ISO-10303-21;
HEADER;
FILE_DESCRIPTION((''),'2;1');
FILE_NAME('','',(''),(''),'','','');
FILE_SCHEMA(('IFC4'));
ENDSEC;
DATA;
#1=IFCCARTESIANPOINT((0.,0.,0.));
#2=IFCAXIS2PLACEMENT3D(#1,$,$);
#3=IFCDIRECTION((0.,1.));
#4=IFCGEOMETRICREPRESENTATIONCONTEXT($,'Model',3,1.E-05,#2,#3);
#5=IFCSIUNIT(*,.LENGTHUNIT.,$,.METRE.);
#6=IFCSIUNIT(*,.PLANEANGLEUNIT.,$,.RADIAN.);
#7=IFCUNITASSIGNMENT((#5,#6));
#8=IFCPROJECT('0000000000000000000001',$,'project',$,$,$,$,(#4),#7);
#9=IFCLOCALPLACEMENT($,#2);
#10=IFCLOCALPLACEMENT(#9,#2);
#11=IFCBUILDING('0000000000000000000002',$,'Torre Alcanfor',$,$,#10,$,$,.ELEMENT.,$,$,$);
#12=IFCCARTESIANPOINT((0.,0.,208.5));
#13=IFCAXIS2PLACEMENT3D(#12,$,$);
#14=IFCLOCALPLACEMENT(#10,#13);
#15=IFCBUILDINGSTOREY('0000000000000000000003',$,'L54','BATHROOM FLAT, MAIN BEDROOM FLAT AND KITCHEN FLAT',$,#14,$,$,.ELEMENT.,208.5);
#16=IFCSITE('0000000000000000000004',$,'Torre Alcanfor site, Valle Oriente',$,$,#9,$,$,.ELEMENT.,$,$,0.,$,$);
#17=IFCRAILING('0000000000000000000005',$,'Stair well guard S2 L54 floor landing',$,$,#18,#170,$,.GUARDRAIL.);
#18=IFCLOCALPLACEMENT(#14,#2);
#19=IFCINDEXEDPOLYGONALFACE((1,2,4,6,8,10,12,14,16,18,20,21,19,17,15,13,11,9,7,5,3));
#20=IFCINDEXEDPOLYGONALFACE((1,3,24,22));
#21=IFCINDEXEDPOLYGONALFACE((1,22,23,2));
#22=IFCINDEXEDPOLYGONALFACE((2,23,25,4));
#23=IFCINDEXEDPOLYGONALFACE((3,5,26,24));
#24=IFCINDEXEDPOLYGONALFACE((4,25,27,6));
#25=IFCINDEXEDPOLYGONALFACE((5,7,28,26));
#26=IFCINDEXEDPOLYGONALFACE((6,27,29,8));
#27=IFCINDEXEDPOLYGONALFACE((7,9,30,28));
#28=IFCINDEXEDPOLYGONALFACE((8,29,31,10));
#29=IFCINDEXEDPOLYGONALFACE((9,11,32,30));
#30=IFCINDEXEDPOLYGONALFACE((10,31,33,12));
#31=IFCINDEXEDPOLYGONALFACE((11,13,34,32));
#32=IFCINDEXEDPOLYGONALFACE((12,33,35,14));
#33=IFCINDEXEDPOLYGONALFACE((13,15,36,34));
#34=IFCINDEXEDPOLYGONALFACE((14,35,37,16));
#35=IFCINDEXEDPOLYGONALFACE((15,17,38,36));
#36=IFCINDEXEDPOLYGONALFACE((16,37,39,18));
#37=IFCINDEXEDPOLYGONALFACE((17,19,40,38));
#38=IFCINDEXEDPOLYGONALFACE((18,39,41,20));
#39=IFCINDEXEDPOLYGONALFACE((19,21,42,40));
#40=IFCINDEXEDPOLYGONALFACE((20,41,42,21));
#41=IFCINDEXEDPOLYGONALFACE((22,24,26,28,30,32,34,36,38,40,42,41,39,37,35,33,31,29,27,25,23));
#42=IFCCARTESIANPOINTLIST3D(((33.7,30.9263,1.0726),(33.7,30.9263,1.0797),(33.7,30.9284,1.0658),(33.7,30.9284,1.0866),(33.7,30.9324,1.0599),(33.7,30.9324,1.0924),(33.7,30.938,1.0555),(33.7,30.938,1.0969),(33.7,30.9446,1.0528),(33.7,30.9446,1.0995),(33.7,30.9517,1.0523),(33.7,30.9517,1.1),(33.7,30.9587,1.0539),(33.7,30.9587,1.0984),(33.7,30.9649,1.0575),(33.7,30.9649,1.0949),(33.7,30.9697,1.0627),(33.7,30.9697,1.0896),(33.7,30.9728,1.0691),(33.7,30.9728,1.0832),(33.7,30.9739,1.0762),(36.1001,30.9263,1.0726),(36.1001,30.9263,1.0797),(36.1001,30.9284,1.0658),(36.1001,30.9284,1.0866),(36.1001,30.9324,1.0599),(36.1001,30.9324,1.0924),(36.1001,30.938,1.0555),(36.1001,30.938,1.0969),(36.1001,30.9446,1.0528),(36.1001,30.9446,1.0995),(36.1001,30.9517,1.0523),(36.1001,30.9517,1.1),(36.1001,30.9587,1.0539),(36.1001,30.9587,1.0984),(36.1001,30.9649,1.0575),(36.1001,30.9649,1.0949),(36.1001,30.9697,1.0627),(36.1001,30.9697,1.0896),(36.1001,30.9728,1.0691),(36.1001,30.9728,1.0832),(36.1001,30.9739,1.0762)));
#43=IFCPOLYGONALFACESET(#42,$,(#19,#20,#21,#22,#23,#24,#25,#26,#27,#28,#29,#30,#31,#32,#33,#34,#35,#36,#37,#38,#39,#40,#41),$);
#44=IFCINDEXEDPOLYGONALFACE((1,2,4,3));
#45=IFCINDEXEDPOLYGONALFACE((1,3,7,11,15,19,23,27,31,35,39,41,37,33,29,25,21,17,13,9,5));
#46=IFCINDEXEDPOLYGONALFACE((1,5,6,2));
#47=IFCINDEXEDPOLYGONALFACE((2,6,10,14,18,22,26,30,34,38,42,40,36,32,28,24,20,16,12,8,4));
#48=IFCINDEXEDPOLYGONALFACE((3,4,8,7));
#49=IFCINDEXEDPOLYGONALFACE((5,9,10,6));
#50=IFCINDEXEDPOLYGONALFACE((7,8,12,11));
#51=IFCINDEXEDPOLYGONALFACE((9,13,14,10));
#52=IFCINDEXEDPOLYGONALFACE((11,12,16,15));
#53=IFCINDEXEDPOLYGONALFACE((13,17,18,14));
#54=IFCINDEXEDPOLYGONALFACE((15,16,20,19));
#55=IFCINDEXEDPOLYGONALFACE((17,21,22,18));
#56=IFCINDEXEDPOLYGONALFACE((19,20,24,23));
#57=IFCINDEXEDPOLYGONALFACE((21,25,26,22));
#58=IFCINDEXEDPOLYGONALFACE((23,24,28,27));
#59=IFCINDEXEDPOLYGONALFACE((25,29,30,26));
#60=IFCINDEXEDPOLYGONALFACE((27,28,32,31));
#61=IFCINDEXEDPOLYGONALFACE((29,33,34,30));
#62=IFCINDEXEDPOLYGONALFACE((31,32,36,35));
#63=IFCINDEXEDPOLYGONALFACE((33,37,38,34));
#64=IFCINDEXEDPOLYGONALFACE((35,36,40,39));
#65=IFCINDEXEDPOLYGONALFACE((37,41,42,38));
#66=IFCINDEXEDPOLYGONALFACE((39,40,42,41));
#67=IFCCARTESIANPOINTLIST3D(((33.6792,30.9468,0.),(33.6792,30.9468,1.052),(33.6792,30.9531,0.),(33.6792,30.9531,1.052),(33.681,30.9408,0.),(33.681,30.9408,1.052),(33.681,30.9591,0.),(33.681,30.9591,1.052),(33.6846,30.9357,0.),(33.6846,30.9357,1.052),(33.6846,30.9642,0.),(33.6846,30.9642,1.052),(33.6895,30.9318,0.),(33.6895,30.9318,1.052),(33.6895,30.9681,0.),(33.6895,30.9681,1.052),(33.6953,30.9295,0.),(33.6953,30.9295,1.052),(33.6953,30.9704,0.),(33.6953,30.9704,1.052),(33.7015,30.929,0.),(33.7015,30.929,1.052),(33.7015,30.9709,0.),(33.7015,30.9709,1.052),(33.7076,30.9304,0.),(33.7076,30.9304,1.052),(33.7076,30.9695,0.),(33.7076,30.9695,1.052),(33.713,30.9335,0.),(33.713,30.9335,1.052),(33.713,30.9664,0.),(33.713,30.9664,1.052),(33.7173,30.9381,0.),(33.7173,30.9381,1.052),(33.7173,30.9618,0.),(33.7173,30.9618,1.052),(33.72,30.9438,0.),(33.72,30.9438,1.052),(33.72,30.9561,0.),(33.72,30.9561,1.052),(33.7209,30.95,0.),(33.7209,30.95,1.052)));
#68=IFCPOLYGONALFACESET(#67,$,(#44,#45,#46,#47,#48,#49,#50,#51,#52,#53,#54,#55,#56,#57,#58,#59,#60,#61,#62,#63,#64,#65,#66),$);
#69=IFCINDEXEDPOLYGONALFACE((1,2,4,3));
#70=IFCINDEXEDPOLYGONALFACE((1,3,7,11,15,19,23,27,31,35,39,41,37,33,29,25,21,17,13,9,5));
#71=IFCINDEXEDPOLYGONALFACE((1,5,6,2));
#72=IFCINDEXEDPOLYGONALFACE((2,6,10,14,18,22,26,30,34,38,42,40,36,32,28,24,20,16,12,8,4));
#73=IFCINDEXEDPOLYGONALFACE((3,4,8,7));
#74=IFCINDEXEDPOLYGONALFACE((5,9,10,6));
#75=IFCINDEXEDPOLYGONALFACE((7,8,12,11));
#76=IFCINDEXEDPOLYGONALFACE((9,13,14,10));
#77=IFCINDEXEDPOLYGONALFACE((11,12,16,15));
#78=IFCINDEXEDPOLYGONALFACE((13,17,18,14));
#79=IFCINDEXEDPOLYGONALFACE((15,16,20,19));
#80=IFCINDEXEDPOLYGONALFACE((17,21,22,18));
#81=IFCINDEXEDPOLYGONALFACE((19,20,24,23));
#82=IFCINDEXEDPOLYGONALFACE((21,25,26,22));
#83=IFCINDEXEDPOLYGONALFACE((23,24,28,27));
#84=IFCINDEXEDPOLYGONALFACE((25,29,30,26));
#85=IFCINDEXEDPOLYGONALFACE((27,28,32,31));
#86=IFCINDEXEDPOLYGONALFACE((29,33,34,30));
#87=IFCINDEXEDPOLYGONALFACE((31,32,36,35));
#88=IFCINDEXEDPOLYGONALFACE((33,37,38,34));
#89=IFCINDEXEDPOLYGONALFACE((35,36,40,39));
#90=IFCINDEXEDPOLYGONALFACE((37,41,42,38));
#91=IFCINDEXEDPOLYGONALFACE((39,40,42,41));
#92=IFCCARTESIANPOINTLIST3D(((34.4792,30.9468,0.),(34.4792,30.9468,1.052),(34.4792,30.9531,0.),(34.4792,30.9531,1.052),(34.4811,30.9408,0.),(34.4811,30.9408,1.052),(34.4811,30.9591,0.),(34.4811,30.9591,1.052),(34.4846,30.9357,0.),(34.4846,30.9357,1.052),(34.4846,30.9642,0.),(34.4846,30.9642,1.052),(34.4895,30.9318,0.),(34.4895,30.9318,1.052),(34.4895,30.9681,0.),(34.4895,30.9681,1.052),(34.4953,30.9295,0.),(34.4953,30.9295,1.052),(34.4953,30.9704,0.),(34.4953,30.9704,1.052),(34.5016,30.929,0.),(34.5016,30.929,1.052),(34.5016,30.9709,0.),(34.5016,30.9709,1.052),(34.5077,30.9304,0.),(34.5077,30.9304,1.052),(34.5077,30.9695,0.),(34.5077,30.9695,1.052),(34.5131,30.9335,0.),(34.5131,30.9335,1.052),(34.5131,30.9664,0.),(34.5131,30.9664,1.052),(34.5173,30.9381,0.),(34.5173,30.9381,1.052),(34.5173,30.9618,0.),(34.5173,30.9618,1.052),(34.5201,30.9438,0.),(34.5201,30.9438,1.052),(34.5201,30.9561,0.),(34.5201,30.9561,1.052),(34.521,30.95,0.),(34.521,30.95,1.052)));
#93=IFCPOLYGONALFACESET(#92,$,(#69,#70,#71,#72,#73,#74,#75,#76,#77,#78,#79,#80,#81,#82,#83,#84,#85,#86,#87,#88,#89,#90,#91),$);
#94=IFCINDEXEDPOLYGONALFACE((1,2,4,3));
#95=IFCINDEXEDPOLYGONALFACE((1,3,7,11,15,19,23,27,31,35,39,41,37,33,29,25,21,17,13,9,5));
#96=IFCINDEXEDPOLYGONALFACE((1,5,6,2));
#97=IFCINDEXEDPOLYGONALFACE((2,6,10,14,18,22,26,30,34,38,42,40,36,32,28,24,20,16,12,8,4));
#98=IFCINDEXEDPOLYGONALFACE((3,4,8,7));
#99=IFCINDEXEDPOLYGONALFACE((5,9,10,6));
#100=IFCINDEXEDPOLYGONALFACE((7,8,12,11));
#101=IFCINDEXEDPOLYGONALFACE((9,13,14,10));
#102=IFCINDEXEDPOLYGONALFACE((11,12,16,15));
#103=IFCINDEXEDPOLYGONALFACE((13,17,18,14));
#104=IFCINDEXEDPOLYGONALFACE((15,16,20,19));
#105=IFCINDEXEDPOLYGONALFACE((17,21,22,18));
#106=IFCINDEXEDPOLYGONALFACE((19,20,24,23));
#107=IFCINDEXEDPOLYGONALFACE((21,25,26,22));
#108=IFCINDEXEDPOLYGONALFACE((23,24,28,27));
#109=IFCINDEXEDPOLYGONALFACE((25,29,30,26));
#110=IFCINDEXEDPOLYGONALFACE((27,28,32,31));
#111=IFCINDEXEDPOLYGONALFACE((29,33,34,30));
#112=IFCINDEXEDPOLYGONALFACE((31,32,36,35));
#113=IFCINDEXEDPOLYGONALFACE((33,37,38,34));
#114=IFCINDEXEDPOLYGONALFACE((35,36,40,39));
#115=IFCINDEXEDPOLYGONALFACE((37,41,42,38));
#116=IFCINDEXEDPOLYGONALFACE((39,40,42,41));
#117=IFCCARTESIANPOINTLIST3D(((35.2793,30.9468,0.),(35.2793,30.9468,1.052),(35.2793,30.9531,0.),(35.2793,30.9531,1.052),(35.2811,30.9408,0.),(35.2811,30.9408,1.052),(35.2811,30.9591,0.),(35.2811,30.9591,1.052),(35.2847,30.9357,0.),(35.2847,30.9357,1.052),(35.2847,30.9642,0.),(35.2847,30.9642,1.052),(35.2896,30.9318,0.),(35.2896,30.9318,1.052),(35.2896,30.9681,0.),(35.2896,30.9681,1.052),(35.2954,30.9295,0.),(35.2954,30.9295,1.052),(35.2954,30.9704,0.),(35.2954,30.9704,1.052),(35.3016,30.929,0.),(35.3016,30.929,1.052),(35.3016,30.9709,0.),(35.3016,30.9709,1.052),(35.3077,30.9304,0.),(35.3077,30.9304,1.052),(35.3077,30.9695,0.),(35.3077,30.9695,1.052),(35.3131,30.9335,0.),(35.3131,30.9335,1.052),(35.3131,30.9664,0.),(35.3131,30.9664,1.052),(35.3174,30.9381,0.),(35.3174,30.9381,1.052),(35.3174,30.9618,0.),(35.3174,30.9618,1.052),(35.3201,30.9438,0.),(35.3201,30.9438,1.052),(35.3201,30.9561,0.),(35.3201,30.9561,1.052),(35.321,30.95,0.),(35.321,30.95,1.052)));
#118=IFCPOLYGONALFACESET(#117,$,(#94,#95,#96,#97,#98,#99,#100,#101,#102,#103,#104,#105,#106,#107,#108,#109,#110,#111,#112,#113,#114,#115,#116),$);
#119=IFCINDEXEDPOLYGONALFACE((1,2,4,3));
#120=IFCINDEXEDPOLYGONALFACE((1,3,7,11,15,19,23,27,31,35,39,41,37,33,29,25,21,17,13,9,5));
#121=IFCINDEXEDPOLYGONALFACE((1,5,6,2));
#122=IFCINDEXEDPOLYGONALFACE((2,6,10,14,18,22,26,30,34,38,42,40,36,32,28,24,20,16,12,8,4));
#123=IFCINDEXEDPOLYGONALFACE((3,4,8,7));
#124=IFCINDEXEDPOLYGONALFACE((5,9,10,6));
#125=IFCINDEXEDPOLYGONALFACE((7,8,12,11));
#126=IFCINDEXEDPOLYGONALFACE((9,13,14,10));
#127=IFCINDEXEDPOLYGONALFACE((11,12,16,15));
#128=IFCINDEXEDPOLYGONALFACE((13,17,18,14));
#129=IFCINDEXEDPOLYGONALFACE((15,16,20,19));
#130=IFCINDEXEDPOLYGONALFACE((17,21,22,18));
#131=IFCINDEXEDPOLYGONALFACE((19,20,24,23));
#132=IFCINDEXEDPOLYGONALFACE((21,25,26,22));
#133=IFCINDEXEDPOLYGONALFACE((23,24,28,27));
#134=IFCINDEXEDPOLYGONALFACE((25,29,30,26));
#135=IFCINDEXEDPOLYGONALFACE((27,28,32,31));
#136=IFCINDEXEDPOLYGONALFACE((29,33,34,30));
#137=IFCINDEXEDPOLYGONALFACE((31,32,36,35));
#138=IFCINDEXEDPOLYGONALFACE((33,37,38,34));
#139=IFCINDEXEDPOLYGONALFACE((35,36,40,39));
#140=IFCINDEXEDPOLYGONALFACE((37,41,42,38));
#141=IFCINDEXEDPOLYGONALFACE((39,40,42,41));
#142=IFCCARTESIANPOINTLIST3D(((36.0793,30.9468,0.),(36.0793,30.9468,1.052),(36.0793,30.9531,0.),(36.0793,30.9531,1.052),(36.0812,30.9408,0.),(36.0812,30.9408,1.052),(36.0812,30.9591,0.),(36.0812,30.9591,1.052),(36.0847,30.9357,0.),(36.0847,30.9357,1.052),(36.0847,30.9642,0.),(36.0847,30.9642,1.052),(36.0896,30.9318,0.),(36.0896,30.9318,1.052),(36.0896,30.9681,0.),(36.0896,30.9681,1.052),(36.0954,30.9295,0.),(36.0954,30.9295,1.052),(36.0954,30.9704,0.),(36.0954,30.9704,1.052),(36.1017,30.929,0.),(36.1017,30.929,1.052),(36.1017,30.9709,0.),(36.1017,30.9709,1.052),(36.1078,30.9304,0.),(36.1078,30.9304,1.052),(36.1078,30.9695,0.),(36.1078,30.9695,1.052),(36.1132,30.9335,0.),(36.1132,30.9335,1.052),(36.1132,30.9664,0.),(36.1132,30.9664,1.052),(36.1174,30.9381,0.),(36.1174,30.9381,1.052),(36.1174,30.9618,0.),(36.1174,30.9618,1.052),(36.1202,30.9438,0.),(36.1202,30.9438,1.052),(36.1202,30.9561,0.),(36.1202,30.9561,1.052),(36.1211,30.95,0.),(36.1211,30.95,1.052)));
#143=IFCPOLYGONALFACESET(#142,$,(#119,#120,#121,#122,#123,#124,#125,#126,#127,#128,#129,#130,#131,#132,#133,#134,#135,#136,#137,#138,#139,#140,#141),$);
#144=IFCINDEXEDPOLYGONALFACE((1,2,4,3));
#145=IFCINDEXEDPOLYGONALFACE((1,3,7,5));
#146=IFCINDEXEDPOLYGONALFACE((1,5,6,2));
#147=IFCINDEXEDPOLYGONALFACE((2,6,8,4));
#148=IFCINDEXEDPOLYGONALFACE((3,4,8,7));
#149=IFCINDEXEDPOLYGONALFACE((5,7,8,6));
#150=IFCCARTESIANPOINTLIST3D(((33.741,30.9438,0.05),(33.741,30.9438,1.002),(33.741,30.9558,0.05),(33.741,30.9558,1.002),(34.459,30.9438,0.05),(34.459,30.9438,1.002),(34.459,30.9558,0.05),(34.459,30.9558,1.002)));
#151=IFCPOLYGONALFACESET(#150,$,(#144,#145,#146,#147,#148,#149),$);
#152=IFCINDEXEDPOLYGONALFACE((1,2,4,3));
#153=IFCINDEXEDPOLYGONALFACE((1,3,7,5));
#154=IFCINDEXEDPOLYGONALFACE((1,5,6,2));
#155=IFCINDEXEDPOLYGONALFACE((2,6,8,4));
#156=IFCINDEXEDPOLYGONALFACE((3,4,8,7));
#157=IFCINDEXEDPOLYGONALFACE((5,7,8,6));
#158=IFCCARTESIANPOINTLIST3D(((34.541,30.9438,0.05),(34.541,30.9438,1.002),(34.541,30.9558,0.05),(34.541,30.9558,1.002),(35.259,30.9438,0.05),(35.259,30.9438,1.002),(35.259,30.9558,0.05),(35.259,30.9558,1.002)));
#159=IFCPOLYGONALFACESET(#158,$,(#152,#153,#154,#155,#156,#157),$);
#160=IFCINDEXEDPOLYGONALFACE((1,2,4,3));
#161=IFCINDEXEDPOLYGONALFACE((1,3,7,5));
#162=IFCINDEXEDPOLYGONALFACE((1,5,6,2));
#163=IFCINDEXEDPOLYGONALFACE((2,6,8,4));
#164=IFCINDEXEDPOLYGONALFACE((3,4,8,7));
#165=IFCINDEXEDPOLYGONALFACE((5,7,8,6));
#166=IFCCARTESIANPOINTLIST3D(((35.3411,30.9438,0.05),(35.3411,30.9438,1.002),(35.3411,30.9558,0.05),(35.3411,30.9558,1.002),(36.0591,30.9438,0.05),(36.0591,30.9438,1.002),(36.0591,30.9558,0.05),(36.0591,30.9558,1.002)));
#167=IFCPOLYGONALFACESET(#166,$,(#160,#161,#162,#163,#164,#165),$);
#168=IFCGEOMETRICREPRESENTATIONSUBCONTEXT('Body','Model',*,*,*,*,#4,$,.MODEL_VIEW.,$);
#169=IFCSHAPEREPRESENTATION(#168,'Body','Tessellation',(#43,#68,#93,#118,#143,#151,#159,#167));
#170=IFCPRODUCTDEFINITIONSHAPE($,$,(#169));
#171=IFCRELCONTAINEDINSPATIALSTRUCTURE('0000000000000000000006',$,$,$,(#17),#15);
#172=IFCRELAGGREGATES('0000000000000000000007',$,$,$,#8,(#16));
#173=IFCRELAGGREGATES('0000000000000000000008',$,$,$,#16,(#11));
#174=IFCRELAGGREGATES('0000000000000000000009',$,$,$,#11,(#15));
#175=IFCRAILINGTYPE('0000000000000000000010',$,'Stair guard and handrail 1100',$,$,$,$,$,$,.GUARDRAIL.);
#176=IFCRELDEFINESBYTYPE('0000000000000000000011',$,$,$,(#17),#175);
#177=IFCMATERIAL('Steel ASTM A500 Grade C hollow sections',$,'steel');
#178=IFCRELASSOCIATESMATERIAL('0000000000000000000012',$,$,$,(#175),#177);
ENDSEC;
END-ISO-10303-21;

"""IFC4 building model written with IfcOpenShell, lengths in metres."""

from ifc_helpers import new_model, si_unit, direction, frame, origin, origin_2d, place, context, subcontext, project, spatial, polyline, circle, outline, extrude, material, type_object, element, save


model = new_model("IFC4")

# Units and contexts
model_context = context("Model", 3, precision=1e-05, world=origin(), true_north=direction((0.0, 1.0)))
body_context = subcontext(model_context, "Body", "Model", "MODEL_VIEW")
ifc_project = project(units=[si_unit("LENGTHUNIT", "METRE"), si_unit("PLANEANGLEUNIT", "RADIAN")], contexts=[model_context])

# Site, building, storey
site_placement = place(None, origin())
site = spatial("IfcSite", under=ifc_project, at=site_placement, Name="Torre Alcanfor site, Valle Oriente", CompositionType="ELEMENT", RefElevation=0.0)
building_placement = place(site_placement, origin())
building = spatial("IfcBuilding", under=site, at=building_placement, Name="Torre Alcanfor", CompositionType="ELEMENT")
storey_placement = place(building_placement, frame((0.0, 0.0, 208.5)))
storey = spatial("IfcBuildingStorey", under=building, at=storey_placement, Name="L54", Description="BATHROOM FLAT, MAIN BEDROOM FLAT AND KITCHEN FLAT", CompositionType="ELEMENT", Elevation=208.5)

# Railing
ifc_material_1 = material(Name="Steel ASTM A500 Grade C hollow sections", Category="steel")
railing_type_1 = type_object("IfcRailingType", Name="Stair guard and handrail 1100", PredefinedType="GUARDRAIL", material=ifc_material_1)
for number, where, name in (
    (1, (33.7, 30.95, 0.0), "Stair well guard S2 L54 floor landing"),
):
    element("IfcRailing", number, at=place(storey_placement, frame(where)), inside=storey, type_object=railing_type_1, Name=name, PredefinedType="GUARDRAIL", context=body_context, shape_type="SweptSolid", body=[
        extrude(circle(Radius=0.0239, at=origin_2d()), frame((0.0, 0.0, 1.0762), z_axis=(1.0, 0.0, 0.0), x_axis=(0.0, 1.0, 0.0)), (0.0, 0.0, 1.0), 2.4001),
        extrude(circle(Radius=0.021, at=origin_2d()), origin(), (0.0, 0.0, 1.0), 1.052),
        extrude(circle(Radius=0.021, at=origin_2d()), frame((0.8, 0.0, 0.0)), (0.0, 0.0, 1.0), 1.052),
        extrude(circle(Radius=0.021, at=origin_2d()), frame((1.6001, 0.0, 0.0)), (0.0, 0.0, 1.0), 1.052),
        extrude(circle(Radius=0.021, at=origin_2d()), frame((2.4001, 0.0, 0.0)), (0.0, 0.0, 1.0), 1.052),
        extrude(outline(polyline([(0.041, 0.05), (0.759, 0.05), (0.759, 1.002), (0.041, 1.002), (0.041, 0.05)])), frame((0.0, 0.0059, 0.0), z_axis=(0.0, -1.0, 0.0), x_axis=(1.0, 0.0, 0.0)), (0.0, 0.0, 1.0), 0.012),
        extrude(outline(polyline([(0.8411, 0.05), (1.5591, 0.05), (1.5591, 1.002), (0.8411, 1.002), (0.8411, 0.05)])), frame((0.0, 0.0059, 0.0), z_axis=(0.0, -1.0, 0.0), x_axis=(1.0, 0.0, 0.0)), (0.0, 0.0, 1.0), 0.012),
        extrude(outline(polyline([(1.6411, 0.05), (2.3591, 0.05), (2.3591, 1.002), (1.6411, 1.002), (1.6411, 0.05)])), frame((0.0, 0.0059, 0.0), z_axis=(0.0, -1.0, 0.0), x_axis=(1.0, 0.0, 0.0)), (0.0, 0.0, 1.0), 0.012),
    ])

save(model, "model.ifc")
